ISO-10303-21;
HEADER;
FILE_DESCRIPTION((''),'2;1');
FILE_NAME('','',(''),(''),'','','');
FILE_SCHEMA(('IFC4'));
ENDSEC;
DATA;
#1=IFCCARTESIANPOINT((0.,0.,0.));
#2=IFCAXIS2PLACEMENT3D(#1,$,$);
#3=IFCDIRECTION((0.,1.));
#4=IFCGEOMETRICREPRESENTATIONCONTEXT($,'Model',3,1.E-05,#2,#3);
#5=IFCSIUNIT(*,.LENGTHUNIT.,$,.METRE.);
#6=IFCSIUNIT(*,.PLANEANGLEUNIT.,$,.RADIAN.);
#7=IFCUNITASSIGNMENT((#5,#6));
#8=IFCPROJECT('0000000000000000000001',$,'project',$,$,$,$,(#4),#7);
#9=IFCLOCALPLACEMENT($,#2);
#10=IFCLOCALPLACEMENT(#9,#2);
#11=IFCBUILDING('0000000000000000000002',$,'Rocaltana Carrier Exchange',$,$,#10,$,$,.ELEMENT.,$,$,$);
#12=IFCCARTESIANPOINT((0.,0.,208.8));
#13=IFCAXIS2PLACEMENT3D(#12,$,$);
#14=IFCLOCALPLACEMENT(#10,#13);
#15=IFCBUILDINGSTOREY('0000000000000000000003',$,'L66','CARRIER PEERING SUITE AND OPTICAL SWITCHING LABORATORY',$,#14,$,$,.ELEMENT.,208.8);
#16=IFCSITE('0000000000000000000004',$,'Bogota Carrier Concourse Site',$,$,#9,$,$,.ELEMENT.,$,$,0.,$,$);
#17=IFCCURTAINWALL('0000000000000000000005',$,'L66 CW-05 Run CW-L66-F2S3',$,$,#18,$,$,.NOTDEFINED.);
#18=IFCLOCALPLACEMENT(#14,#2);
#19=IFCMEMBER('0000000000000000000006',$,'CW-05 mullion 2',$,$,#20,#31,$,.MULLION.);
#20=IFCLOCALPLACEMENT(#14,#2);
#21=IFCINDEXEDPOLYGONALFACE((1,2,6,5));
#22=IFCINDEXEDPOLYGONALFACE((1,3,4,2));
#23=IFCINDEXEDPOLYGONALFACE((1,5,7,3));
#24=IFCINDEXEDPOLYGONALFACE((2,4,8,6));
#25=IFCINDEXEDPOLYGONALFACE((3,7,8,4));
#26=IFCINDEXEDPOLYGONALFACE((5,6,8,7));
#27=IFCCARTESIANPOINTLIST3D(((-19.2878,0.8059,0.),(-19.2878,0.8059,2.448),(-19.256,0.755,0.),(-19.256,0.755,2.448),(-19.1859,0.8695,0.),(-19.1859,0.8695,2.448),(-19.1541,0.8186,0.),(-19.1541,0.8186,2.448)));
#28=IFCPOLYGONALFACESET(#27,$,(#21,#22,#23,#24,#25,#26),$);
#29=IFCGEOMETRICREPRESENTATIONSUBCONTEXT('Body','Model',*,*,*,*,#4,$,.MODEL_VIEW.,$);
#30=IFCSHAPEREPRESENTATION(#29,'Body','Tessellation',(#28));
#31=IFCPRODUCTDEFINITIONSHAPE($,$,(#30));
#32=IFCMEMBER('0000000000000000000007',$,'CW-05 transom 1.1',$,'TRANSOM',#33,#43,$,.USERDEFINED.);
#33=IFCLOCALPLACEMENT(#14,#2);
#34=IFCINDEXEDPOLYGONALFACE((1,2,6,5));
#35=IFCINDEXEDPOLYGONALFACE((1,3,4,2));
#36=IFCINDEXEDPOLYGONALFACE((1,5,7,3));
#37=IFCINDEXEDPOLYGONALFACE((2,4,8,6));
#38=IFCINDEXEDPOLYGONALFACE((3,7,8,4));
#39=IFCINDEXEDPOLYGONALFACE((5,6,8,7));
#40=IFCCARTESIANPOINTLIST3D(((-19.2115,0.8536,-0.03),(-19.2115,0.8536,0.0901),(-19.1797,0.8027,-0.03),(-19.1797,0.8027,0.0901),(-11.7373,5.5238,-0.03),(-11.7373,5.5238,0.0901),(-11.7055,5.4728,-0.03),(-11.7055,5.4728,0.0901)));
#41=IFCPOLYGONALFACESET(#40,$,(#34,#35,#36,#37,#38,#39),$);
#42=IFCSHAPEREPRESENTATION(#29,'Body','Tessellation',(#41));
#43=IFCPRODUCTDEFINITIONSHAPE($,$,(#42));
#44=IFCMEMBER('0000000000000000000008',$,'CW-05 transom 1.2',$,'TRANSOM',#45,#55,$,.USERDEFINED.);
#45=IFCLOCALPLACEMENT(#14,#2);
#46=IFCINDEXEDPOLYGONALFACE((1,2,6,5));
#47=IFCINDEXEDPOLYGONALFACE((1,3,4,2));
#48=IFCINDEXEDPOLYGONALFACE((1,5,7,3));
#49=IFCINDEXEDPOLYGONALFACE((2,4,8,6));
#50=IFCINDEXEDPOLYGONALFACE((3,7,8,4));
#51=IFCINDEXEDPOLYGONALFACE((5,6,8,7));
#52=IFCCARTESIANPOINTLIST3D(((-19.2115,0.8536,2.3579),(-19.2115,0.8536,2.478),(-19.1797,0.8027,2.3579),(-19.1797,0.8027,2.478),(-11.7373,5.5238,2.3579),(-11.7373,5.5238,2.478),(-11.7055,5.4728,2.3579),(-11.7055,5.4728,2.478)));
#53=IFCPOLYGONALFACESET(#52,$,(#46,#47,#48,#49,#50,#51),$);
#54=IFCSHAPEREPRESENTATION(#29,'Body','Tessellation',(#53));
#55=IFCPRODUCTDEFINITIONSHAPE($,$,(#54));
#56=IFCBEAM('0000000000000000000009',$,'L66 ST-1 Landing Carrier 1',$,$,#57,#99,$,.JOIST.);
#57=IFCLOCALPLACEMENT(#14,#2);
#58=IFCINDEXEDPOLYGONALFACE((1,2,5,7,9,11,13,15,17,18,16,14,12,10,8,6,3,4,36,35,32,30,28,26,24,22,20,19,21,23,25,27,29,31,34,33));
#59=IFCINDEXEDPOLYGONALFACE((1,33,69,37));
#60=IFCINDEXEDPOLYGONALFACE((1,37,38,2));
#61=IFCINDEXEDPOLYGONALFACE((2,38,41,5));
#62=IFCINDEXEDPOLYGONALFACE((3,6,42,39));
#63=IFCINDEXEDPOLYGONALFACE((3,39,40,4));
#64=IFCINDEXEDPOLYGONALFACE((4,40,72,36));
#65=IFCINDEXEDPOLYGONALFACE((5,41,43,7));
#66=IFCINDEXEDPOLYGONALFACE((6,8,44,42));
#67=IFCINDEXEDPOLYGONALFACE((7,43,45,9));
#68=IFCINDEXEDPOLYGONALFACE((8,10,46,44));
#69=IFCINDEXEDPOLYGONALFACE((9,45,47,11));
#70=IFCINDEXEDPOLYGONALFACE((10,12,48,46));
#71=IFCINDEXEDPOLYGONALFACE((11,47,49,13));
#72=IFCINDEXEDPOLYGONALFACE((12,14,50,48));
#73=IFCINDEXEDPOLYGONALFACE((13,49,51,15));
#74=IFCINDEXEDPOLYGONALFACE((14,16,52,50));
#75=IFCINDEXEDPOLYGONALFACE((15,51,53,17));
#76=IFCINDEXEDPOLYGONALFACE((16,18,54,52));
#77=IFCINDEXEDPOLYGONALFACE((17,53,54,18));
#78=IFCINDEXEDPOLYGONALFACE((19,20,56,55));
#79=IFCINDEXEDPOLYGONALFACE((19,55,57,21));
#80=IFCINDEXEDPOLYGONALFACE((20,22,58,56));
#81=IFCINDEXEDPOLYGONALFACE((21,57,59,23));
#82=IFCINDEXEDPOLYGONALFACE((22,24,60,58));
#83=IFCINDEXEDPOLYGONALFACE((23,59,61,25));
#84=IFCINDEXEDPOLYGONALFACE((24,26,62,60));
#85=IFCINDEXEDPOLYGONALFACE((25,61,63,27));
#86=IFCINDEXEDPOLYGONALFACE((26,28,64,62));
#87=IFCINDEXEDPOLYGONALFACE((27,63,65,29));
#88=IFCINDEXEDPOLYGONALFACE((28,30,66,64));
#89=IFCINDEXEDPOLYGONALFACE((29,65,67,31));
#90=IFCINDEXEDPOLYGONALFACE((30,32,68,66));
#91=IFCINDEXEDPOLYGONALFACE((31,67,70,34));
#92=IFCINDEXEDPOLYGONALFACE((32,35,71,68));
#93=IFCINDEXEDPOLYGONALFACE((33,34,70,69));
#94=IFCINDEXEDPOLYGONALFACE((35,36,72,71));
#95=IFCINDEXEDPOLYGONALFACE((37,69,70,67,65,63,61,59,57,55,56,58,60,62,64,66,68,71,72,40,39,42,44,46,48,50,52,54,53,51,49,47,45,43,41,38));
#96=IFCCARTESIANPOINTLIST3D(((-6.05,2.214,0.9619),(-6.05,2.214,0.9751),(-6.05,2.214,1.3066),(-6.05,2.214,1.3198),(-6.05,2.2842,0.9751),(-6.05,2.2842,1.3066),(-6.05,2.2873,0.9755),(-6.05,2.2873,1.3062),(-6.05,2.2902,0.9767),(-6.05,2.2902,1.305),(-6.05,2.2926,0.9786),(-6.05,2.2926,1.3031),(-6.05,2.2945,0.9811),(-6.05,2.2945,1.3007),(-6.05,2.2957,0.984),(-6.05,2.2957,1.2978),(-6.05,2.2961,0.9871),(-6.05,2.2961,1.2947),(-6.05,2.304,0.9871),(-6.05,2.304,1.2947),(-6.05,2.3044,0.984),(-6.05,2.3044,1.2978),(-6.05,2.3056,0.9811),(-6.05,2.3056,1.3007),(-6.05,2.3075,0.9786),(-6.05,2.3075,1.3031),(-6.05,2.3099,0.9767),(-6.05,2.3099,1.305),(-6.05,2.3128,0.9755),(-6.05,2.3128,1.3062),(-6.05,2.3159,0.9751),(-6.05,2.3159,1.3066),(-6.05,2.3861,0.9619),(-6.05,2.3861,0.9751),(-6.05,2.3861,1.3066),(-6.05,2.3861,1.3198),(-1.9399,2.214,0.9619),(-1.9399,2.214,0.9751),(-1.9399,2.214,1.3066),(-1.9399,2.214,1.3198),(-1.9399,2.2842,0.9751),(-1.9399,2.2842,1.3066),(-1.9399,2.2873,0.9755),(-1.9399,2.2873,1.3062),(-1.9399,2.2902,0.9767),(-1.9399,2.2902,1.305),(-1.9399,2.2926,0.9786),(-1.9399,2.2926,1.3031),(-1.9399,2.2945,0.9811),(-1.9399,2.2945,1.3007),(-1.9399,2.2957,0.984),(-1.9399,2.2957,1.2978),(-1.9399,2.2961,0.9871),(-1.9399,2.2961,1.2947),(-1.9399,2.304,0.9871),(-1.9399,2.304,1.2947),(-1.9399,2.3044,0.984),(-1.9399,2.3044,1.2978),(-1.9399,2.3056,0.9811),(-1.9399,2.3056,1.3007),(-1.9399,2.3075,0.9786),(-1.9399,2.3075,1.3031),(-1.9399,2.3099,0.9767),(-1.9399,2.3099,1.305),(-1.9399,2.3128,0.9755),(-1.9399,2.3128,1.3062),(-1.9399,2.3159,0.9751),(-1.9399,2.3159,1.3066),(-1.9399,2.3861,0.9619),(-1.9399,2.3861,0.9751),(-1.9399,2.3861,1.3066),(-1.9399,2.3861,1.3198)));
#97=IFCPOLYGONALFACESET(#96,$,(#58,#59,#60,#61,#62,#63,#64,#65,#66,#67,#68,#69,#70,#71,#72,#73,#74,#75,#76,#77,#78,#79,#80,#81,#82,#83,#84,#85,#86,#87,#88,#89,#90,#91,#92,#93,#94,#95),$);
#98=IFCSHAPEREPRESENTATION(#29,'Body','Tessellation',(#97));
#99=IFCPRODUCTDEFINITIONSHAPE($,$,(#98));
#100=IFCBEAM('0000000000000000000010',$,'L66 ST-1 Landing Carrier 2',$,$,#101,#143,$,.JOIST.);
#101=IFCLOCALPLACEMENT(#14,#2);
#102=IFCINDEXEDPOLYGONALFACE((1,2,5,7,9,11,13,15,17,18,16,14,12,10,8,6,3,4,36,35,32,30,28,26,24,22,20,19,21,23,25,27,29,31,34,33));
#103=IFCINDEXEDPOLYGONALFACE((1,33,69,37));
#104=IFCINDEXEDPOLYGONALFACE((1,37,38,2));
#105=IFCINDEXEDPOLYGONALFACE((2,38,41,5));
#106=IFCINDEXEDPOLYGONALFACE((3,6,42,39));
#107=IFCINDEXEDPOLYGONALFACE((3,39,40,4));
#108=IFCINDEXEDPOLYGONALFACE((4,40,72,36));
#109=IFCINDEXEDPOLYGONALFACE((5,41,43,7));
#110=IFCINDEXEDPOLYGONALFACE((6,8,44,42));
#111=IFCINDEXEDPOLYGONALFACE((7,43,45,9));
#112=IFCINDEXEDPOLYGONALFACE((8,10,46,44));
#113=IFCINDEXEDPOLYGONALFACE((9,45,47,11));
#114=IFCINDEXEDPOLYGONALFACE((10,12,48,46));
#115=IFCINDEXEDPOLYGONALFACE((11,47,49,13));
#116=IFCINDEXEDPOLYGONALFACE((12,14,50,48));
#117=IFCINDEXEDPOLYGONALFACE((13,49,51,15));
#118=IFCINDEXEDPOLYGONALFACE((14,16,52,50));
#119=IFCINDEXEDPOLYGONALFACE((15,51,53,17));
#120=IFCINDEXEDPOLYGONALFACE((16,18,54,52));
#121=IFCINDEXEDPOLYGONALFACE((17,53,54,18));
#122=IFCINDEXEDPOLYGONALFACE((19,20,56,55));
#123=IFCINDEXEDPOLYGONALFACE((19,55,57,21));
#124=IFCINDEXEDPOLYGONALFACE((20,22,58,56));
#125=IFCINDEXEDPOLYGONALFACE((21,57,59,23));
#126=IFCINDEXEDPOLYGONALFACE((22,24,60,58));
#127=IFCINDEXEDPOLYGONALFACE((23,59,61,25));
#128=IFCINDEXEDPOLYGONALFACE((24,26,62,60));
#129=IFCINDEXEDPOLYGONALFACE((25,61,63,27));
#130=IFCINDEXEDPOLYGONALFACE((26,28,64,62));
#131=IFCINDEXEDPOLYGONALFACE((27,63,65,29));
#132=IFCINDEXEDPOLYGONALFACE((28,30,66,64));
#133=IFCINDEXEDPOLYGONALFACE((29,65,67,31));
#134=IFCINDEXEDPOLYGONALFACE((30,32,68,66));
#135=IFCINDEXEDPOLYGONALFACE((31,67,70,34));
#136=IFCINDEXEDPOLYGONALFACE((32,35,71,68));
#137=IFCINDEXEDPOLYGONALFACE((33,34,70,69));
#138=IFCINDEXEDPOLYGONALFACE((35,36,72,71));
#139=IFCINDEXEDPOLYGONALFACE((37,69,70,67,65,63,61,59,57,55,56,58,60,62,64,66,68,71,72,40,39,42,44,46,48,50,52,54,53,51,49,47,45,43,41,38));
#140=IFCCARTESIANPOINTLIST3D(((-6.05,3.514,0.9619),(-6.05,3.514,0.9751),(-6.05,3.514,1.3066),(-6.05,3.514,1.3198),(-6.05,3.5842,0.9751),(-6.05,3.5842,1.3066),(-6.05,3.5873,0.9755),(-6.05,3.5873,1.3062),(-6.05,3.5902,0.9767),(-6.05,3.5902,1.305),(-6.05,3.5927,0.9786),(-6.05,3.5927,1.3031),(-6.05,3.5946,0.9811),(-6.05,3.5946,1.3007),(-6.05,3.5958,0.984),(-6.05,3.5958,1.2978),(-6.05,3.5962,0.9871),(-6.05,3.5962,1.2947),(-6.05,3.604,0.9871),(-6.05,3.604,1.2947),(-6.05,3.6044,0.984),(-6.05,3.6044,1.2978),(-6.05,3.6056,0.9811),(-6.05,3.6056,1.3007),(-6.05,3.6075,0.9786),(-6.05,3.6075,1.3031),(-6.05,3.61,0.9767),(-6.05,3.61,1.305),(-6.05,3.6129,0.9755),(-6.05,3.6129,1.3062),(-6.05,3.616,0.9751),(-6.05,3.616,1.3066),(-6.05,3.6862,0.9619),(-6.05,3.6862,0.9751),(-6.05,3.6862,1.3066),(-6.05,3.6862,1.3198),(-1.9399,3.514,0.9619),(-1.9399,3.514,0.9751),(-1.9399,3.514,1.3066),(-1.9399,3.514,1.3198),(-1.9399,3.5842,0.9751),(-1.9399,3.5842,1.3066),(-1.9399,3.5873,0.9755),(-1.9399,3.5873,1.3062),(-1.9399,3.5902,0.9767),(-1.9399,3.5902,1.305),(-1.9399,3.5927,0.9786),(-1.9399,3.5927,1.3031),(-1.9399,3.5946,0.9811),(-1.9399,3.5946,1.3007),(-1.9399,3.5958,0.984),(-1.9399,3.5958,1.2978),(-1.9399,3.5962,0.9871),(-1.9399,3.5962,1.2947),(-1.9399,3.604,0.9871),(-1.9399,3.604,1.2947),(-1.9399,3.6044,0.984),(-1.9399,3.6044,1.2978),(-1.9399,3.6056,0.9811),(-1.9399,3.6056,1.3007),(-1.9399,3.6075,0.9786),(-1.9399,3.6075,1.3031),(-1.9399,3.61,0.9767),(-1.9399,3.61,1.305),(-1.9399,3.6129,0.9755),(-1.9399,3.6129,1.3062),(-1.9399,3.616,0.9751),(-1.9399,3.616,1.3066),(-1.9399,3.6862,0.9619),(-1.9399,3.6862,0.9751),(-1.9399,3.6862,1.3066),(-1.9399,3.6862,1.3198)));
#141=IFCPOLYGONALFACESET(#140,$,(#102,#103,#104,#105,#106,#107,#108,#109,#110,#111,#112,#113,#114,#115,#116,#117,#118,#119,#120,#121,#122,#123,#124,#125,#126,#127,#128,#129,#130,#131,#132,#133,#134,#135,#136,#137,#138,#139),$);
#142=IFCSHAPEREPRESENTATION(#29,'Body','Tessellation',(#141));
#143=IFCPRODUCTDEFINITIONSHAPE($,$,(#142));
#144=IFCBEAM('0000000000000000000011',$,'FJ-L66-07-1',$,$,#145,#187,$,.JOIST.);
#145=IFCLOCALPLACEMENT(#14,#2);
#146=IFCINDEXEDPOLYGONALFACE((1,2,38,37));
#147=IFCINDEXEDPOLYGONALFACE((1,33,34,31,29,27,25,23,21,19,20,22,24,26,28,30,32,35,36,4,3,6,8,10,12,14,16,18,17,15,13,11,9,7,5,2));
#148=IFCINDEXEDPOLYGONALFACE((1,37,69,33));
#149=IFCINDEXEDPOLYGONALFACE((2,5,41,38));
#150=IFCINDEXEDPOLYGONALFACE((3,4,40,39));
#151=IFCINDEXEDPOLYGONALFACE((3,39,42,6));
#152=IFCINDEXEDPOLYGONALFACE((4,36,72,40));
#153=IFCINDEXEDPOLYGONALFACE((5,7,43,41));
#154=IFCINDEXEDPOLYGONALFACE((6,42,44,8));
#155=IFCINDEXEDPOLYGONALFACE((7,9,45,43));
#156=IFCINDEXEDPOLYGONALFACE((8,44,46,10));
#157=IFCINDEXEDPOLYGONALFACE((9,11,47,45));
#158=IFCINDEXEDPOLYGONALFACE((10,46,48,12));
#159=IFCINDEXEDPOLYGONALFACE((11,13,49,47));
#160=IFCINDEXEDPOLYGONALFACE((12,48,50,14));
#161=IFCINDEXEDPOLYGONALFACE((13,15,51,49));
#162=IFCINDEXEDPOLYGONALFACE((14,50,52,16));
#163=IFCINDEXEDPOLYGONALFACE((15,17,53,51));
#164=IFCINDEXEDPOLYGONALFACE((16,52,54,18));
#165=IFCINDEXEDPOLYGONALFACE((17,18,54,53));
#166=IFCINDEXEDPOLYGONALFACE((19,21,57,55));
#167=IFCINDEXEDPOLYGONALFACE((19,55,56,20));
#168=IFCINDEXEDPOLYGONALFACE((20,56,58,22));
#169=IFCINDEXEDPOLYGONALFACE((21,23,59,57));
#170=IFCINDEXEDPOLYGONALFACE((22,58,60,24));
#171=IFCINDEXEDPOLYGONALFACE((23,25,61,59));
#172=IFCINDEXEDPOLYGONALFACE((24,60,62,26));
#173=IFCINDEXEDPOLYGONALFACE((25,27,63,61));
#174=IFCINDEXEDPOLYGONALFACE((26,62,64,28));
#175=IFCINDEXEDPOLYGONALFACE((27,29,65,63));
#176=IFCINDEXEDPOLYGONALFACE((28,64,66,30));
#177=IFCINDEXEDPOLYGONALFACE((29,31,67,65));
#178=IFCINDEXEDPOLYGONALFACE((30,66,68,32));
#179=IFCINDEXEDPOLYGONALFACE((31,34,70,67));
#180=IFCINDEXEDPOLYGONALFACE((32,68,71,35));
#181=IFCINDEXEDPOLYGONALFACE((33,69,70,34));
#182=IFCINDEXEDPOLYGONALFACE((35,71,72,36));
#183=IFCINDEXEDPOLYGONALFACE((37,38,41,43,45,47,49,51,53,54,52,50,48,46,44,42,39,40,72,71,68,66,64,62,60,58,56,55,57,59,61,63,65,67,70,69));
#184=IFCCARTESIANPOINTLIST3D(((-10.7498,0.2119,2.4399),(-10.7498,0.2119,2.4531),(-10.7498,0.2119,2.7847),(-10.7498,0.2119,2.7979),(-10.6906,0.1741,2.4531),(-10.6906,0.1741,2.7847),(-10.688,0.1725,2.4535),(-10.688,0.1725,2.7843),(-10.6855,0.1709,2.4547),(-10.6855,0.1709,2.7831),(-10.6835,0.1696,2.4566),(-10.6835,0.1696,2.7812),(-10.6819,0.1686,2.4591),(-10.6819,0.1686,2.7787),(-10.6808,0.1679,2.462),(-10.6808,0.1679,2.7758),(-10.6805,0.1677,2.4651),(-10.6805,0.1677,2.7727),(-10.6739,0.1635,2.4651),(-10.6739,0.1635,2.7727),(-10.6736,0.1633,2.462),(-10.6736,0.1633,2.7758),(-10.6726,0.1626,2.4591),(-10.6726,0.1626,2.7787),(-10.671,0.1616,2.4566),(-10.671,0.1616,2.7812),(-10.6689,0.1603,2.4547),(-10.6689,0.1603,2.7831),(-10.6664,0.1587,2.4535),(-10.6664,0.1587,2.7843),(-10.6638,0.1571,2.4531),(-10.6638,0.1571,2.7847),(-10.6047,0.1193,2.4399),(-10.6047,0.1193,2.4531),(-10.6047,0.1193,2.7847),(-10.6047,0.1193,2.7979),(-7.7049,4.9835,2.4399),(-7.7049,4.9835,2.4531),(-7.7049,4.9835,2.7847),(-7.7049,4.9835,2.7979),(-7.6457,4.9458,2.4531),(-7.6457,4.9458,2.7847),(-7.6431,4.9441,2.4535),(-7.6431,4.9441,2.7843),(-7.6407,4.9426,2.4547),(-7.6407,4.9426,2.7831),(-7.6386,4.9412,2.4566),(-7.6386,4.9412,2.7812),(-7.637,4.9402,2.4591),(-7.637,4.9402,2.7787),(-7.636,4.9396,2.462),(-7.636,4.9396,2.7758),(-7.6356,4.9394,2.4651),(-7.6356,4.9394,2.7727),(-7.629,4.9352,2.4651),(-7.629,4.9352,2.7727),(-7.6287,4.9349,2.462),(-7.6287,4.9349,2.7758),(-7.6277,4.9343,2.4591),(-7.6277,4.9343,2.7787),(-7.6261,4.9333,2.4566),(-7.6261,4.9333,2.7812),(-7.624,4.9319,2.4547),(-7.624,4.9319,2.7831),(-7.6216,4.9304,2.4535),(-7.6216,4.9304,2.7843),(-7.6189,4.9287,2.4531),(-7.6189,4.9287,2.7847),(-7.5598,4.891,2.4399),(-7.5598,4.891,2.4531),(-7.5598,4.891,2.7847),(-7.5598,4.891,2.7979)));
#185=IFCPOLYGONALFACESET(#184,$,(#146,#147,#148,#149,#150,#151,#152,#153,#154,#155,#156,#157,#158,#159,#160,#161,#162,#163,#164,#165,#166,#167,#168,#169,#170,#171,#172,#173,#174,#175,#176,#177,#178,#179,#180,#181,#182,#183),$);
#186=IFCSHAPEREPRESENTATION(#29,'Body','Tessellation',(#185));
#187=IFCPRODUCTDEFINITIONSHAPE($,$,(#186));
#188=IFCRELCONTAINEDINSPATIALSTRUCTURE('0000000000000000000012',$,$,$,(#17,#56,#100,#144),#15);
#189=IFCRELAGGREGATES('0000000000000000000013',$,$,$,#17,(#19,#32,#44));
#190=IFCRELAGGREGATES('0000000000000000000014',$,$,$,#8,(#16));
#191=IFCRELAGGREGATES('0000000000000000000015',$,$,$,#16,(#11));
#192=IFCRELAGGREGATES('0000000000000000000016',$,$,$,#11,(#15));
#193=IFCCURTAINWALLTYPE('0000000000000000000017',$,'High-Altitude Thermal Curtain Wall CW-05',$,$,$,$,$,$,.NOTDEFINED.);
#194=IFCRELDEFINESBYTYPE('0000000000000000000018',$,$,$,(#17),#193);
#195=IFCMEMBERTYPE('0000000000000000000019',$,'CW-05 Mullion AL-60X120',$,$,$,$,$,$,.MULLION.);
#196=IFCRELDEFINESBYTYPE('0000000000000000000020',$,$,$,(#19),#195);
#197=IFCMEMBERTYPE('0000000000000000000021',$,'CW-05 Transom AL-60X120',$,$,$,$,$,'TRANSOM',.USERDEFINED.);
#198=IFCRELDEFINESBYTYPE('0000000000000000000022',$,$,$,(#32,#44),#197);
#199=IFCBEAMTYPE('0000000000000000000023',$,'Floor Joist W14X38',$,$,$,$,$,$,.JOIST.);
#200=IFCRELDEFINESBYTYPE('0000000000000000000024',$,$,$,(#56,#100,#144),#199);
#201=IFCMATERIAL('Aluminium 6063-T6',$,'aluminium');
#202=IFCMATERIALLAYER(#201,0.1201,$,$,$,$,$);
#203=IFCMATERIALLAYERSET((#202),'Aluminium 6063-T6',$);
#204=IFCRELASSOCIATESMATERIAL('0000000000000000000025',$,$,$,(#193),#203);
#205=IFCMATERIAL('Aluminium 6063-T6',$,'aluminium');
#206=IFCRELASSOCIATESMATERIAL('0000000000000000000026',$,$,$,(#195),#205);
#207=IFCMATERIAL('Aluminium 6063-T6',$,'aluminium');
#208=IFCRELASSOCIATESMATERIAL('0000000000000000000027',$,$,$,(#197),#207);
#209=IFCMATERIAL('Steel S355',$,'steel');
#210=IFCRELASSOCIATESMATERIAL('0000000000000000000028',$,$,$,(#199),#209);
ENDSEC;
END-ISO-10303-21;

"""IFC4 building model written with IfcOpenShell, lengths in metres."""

from ifc_helpers import new_model, si_unit, direction, frame, origin, origin_2d, place, context, subcontext, project, spatial, rectangle, i_section, extrude, material, layer, layer_set, material_profile, profile_set, type_object, element, aggregate, save


model = new_model("IFC4")

# Units and contexts
model_context = context("Model", 3, precision=1e-05, world=origin(), true_north=direction((0.0, 1.0)))
body_context = subcontext(model_context, "Body", "Model", "MODEL_VIEW")
ifc_project = project(units=[si_unit("LENGTHUNIT", "METRE"), si_unit("PLANEANGLEUNIT", "RADIAN")], contexts=[model_context])

# Site, building, storey
site_placement = place(None, origin())
site = spatial("IfcSite", under=ifc_project, at=site_placement, Name="Bogota Carrier Concourse Site", CompositionType="ELEMENT", RefElevation=0.0)
building_placement = place(site_placement, origin())
building = spatial("IfcBuilding", under=site, at=building_placement, Name="Rocaltana Carrier Exchange", CompositionType="ELEMENT")
storey_placement = place(building_placement, frame((0.0, 0.0, 208.8)))
storey = spatial("IfcBuildingStorey", under=building, at=storey_placement, Name="L66", Description="CARRIER PEERING SUITE AND OPTICAL SWITCHING LABORATORY", CompositionType="ELEMENT", Elevation=208.8)

# Shared definitions
ifc_material_1 = material(Name="Aluminium 6063-T6", Category="aluminium")
ifc_layer_1 = layer(ifc_material_1, 0.1201)
ifc_layer_set_1 = layer_set([ifc_layer_1], Name="Aluminium 6063-T6")
curtain_wall_type = type_object("IfcCurtainWallType", Name="High-Altitude Thermal Curtain Wall CW-05", PredefinedType="NOTDEFINED", material=ifc_layer_set_1)
ifc_material_2 = material(Name="Aluminium 6063-T6", Category="aluminium")
ifc_material_profile_1 = material_profile(ifc_material_2, rectangle(XDim=0.0601, YDim=0.1201, at=origin_2d()), Name="AL-60X120")
ifc_profile_set_1 = profile_set([ifc_material_profile_1], Name="Aluminium 6063-T6")
member_type_1 = type_object("IfcMemberType", Name="CW-05 Mullion AL-60X120", PredefinedType="MULLION", material=ifc_profile_set_1)

# Curtain wall, members
curtain_wall_1_placement = place(storey_placement, origin())
curtain_wall_1 = element("IfcCurtainWall", 1, at=curtain_wall_1_placement, inside=storey, type_object=curtain_wall_type, Name="L66 CW-05 Run CW-L66-F2S3", PredefinedType="NOTDEFINED")
member_1_placement = place(storey_placement, frame((-19.2209, 0.8123, 0.0), z_axis=(0.0, 0.0, 1.0), x_axis=(0.529915, -0.84805, 0.0)))
member_1 = element("IfcMember", 2, at=member_1_placement, type_object=member_type_1, Name="CW-05 mullion 2", PredefinedType="MULLION", context=body_context, shape_type="SweptSolid", body=[
    extrude(rectangle(XDim=0.0601, YDim=0.1201, at=origin_2d()), origin(), (0.0, 0.0, 1.0), 2.448),
])
ifc_material_3 = material(Name="Aluminium 6063-T6", Category="aluminium")
ifc_material_profile_2 = material_profile(ifc_material_3, rectangle(XDim=0.0601, YDim=0.1201, at=origin_2d()), Name="AL-60X120")
ifc_profile_set_2 = profile_set([ifc_material_profile_2], Name="Aluminium 6063-T6")
member_type_2 = type_object("IfcMemberType", Name="CW-05 Transom AL-60X120", ElementType="TRANSOM", PredefinedType="USERDEFINED", material=ifc_profile_set_2)
member_2_placement = place(storey_placement, frame((-11.7214, 5.4983, 0.03), z_axis=(-0.848057, -0.529904, 0.0), x_axis=(0.529904, -0.848057, 0.0)))
member_2 = element("IfcMember", 3, at=member_2_placement, type_object=member_type_2, Name="CW-05 transom 1.1", ObjectType="TRANSOM", PredefinedType="USERDEFINED", context=body_context, shape_type="SweptSolid", body=[
    extrude(rectangle(XDim=0.0601, YDim=0.1201, at=origin_2d()), origin(), (0.0, 0.0, 1.0), 8.8132),
])
member_3_placement = place(storey_placement, frame((-11.7214, 5.4983, 2.418), z_axis=(-0.848057, -0.529904, 0.0), x_axis=(0.529904, -0.848057, 0.0)))
member_3 = element("IfcMember", 4, at=member_3_placement, type_object=member_type_2, Name="CW-05 transom 1.2", ObjectType="TRANSOM", PredefinedType="USERDEFINED", context=body_context, shape_type="SweptSolid", body=[
    extrude(rectangle(XDim=0.0601, YDim=0.1201, at=origin_2d()), origin(), (0.0, 0.0, 1.0), 8.8132),
])

# Beams
ifc_material_4 = material(Name="Steel S355", Category="steel")
ifc_material_profile_3 = material_profile(ifc_material_4, i_section(OverallWidth=0.1721, OverallDepth=0.3579, WebThickness=0.0078, FlangeThickness=0.0132, FilletRadius=0.012, at=origin_2d()), Name="W14X38")
ifc_profile_set_3 = profile_set([ifc_material_profile_3], Name="Steel S355")
beam_type_1 = type_object("IfcBeamType", Name="Floor Joist W14X38", PredefinedType="JOIST", material=ifc_profile_set_3)
for number, where, z_axis, x_axis, name in (
    (5, (-6.05, 2.3, 1.1409), (1.0, 0.0, 0.0), (0.0, 1.0, 0.0), "L66 ST-1 Landing Carrier 1"),
    (6, (-6.05, 3.6001, 1.1409), (1.0, 0.0, 0.0), (0.0, 1.0, 0.0), "L66 ST-1 Landing Carrier 2"),
):
    element("IfcBeam", number, at=place(storey_placement, frame(where, z_axis=z_axis, x_axis=x_axis)), inside=storey, type_object=beam_type_1, Name=name, PredefinedType="JOIST", context=body_context, shape_type="SweptSolid", body=[
        extrude(i_section(OverallWidth=0.1721, OverallDepth=0.3579, WebThickness=0.0078, FlangeThickness=0.0132, FilletRadius=0.012, at=origin_2d()), origin(), (0.0, 0.0, 1.0), 4.1101),
    ])
beam_1_placement = place(storey_placement, frame((-7.6323, 4.9373, 2.6189), z_axis=(-0.537927, -0.842991, 0.0), x_axis=(0.842991, -0.537927, 0.0)))
element("IfcBeam", 7, at=beam_1_placement, inside=storey, type_object=beam_type_1, Name="FJ-L66-07-1", PredefinedType="JOIST", context=body_context, shape_type="SweptSolid", body=[
    extrude(i_section(OverallWidth=0.1721, OverallDepth=0.3579, WebThickness=0.0078, FlangeThickness=0.0132, FilletRadius=0.012, at=origin_2d()), origin(), (0.0, 0.0, 1.0), 5.6604),
])

aggregate(curtain_wall_1, [member_1, member_2, member_3])

save(model, "model.ifc")
